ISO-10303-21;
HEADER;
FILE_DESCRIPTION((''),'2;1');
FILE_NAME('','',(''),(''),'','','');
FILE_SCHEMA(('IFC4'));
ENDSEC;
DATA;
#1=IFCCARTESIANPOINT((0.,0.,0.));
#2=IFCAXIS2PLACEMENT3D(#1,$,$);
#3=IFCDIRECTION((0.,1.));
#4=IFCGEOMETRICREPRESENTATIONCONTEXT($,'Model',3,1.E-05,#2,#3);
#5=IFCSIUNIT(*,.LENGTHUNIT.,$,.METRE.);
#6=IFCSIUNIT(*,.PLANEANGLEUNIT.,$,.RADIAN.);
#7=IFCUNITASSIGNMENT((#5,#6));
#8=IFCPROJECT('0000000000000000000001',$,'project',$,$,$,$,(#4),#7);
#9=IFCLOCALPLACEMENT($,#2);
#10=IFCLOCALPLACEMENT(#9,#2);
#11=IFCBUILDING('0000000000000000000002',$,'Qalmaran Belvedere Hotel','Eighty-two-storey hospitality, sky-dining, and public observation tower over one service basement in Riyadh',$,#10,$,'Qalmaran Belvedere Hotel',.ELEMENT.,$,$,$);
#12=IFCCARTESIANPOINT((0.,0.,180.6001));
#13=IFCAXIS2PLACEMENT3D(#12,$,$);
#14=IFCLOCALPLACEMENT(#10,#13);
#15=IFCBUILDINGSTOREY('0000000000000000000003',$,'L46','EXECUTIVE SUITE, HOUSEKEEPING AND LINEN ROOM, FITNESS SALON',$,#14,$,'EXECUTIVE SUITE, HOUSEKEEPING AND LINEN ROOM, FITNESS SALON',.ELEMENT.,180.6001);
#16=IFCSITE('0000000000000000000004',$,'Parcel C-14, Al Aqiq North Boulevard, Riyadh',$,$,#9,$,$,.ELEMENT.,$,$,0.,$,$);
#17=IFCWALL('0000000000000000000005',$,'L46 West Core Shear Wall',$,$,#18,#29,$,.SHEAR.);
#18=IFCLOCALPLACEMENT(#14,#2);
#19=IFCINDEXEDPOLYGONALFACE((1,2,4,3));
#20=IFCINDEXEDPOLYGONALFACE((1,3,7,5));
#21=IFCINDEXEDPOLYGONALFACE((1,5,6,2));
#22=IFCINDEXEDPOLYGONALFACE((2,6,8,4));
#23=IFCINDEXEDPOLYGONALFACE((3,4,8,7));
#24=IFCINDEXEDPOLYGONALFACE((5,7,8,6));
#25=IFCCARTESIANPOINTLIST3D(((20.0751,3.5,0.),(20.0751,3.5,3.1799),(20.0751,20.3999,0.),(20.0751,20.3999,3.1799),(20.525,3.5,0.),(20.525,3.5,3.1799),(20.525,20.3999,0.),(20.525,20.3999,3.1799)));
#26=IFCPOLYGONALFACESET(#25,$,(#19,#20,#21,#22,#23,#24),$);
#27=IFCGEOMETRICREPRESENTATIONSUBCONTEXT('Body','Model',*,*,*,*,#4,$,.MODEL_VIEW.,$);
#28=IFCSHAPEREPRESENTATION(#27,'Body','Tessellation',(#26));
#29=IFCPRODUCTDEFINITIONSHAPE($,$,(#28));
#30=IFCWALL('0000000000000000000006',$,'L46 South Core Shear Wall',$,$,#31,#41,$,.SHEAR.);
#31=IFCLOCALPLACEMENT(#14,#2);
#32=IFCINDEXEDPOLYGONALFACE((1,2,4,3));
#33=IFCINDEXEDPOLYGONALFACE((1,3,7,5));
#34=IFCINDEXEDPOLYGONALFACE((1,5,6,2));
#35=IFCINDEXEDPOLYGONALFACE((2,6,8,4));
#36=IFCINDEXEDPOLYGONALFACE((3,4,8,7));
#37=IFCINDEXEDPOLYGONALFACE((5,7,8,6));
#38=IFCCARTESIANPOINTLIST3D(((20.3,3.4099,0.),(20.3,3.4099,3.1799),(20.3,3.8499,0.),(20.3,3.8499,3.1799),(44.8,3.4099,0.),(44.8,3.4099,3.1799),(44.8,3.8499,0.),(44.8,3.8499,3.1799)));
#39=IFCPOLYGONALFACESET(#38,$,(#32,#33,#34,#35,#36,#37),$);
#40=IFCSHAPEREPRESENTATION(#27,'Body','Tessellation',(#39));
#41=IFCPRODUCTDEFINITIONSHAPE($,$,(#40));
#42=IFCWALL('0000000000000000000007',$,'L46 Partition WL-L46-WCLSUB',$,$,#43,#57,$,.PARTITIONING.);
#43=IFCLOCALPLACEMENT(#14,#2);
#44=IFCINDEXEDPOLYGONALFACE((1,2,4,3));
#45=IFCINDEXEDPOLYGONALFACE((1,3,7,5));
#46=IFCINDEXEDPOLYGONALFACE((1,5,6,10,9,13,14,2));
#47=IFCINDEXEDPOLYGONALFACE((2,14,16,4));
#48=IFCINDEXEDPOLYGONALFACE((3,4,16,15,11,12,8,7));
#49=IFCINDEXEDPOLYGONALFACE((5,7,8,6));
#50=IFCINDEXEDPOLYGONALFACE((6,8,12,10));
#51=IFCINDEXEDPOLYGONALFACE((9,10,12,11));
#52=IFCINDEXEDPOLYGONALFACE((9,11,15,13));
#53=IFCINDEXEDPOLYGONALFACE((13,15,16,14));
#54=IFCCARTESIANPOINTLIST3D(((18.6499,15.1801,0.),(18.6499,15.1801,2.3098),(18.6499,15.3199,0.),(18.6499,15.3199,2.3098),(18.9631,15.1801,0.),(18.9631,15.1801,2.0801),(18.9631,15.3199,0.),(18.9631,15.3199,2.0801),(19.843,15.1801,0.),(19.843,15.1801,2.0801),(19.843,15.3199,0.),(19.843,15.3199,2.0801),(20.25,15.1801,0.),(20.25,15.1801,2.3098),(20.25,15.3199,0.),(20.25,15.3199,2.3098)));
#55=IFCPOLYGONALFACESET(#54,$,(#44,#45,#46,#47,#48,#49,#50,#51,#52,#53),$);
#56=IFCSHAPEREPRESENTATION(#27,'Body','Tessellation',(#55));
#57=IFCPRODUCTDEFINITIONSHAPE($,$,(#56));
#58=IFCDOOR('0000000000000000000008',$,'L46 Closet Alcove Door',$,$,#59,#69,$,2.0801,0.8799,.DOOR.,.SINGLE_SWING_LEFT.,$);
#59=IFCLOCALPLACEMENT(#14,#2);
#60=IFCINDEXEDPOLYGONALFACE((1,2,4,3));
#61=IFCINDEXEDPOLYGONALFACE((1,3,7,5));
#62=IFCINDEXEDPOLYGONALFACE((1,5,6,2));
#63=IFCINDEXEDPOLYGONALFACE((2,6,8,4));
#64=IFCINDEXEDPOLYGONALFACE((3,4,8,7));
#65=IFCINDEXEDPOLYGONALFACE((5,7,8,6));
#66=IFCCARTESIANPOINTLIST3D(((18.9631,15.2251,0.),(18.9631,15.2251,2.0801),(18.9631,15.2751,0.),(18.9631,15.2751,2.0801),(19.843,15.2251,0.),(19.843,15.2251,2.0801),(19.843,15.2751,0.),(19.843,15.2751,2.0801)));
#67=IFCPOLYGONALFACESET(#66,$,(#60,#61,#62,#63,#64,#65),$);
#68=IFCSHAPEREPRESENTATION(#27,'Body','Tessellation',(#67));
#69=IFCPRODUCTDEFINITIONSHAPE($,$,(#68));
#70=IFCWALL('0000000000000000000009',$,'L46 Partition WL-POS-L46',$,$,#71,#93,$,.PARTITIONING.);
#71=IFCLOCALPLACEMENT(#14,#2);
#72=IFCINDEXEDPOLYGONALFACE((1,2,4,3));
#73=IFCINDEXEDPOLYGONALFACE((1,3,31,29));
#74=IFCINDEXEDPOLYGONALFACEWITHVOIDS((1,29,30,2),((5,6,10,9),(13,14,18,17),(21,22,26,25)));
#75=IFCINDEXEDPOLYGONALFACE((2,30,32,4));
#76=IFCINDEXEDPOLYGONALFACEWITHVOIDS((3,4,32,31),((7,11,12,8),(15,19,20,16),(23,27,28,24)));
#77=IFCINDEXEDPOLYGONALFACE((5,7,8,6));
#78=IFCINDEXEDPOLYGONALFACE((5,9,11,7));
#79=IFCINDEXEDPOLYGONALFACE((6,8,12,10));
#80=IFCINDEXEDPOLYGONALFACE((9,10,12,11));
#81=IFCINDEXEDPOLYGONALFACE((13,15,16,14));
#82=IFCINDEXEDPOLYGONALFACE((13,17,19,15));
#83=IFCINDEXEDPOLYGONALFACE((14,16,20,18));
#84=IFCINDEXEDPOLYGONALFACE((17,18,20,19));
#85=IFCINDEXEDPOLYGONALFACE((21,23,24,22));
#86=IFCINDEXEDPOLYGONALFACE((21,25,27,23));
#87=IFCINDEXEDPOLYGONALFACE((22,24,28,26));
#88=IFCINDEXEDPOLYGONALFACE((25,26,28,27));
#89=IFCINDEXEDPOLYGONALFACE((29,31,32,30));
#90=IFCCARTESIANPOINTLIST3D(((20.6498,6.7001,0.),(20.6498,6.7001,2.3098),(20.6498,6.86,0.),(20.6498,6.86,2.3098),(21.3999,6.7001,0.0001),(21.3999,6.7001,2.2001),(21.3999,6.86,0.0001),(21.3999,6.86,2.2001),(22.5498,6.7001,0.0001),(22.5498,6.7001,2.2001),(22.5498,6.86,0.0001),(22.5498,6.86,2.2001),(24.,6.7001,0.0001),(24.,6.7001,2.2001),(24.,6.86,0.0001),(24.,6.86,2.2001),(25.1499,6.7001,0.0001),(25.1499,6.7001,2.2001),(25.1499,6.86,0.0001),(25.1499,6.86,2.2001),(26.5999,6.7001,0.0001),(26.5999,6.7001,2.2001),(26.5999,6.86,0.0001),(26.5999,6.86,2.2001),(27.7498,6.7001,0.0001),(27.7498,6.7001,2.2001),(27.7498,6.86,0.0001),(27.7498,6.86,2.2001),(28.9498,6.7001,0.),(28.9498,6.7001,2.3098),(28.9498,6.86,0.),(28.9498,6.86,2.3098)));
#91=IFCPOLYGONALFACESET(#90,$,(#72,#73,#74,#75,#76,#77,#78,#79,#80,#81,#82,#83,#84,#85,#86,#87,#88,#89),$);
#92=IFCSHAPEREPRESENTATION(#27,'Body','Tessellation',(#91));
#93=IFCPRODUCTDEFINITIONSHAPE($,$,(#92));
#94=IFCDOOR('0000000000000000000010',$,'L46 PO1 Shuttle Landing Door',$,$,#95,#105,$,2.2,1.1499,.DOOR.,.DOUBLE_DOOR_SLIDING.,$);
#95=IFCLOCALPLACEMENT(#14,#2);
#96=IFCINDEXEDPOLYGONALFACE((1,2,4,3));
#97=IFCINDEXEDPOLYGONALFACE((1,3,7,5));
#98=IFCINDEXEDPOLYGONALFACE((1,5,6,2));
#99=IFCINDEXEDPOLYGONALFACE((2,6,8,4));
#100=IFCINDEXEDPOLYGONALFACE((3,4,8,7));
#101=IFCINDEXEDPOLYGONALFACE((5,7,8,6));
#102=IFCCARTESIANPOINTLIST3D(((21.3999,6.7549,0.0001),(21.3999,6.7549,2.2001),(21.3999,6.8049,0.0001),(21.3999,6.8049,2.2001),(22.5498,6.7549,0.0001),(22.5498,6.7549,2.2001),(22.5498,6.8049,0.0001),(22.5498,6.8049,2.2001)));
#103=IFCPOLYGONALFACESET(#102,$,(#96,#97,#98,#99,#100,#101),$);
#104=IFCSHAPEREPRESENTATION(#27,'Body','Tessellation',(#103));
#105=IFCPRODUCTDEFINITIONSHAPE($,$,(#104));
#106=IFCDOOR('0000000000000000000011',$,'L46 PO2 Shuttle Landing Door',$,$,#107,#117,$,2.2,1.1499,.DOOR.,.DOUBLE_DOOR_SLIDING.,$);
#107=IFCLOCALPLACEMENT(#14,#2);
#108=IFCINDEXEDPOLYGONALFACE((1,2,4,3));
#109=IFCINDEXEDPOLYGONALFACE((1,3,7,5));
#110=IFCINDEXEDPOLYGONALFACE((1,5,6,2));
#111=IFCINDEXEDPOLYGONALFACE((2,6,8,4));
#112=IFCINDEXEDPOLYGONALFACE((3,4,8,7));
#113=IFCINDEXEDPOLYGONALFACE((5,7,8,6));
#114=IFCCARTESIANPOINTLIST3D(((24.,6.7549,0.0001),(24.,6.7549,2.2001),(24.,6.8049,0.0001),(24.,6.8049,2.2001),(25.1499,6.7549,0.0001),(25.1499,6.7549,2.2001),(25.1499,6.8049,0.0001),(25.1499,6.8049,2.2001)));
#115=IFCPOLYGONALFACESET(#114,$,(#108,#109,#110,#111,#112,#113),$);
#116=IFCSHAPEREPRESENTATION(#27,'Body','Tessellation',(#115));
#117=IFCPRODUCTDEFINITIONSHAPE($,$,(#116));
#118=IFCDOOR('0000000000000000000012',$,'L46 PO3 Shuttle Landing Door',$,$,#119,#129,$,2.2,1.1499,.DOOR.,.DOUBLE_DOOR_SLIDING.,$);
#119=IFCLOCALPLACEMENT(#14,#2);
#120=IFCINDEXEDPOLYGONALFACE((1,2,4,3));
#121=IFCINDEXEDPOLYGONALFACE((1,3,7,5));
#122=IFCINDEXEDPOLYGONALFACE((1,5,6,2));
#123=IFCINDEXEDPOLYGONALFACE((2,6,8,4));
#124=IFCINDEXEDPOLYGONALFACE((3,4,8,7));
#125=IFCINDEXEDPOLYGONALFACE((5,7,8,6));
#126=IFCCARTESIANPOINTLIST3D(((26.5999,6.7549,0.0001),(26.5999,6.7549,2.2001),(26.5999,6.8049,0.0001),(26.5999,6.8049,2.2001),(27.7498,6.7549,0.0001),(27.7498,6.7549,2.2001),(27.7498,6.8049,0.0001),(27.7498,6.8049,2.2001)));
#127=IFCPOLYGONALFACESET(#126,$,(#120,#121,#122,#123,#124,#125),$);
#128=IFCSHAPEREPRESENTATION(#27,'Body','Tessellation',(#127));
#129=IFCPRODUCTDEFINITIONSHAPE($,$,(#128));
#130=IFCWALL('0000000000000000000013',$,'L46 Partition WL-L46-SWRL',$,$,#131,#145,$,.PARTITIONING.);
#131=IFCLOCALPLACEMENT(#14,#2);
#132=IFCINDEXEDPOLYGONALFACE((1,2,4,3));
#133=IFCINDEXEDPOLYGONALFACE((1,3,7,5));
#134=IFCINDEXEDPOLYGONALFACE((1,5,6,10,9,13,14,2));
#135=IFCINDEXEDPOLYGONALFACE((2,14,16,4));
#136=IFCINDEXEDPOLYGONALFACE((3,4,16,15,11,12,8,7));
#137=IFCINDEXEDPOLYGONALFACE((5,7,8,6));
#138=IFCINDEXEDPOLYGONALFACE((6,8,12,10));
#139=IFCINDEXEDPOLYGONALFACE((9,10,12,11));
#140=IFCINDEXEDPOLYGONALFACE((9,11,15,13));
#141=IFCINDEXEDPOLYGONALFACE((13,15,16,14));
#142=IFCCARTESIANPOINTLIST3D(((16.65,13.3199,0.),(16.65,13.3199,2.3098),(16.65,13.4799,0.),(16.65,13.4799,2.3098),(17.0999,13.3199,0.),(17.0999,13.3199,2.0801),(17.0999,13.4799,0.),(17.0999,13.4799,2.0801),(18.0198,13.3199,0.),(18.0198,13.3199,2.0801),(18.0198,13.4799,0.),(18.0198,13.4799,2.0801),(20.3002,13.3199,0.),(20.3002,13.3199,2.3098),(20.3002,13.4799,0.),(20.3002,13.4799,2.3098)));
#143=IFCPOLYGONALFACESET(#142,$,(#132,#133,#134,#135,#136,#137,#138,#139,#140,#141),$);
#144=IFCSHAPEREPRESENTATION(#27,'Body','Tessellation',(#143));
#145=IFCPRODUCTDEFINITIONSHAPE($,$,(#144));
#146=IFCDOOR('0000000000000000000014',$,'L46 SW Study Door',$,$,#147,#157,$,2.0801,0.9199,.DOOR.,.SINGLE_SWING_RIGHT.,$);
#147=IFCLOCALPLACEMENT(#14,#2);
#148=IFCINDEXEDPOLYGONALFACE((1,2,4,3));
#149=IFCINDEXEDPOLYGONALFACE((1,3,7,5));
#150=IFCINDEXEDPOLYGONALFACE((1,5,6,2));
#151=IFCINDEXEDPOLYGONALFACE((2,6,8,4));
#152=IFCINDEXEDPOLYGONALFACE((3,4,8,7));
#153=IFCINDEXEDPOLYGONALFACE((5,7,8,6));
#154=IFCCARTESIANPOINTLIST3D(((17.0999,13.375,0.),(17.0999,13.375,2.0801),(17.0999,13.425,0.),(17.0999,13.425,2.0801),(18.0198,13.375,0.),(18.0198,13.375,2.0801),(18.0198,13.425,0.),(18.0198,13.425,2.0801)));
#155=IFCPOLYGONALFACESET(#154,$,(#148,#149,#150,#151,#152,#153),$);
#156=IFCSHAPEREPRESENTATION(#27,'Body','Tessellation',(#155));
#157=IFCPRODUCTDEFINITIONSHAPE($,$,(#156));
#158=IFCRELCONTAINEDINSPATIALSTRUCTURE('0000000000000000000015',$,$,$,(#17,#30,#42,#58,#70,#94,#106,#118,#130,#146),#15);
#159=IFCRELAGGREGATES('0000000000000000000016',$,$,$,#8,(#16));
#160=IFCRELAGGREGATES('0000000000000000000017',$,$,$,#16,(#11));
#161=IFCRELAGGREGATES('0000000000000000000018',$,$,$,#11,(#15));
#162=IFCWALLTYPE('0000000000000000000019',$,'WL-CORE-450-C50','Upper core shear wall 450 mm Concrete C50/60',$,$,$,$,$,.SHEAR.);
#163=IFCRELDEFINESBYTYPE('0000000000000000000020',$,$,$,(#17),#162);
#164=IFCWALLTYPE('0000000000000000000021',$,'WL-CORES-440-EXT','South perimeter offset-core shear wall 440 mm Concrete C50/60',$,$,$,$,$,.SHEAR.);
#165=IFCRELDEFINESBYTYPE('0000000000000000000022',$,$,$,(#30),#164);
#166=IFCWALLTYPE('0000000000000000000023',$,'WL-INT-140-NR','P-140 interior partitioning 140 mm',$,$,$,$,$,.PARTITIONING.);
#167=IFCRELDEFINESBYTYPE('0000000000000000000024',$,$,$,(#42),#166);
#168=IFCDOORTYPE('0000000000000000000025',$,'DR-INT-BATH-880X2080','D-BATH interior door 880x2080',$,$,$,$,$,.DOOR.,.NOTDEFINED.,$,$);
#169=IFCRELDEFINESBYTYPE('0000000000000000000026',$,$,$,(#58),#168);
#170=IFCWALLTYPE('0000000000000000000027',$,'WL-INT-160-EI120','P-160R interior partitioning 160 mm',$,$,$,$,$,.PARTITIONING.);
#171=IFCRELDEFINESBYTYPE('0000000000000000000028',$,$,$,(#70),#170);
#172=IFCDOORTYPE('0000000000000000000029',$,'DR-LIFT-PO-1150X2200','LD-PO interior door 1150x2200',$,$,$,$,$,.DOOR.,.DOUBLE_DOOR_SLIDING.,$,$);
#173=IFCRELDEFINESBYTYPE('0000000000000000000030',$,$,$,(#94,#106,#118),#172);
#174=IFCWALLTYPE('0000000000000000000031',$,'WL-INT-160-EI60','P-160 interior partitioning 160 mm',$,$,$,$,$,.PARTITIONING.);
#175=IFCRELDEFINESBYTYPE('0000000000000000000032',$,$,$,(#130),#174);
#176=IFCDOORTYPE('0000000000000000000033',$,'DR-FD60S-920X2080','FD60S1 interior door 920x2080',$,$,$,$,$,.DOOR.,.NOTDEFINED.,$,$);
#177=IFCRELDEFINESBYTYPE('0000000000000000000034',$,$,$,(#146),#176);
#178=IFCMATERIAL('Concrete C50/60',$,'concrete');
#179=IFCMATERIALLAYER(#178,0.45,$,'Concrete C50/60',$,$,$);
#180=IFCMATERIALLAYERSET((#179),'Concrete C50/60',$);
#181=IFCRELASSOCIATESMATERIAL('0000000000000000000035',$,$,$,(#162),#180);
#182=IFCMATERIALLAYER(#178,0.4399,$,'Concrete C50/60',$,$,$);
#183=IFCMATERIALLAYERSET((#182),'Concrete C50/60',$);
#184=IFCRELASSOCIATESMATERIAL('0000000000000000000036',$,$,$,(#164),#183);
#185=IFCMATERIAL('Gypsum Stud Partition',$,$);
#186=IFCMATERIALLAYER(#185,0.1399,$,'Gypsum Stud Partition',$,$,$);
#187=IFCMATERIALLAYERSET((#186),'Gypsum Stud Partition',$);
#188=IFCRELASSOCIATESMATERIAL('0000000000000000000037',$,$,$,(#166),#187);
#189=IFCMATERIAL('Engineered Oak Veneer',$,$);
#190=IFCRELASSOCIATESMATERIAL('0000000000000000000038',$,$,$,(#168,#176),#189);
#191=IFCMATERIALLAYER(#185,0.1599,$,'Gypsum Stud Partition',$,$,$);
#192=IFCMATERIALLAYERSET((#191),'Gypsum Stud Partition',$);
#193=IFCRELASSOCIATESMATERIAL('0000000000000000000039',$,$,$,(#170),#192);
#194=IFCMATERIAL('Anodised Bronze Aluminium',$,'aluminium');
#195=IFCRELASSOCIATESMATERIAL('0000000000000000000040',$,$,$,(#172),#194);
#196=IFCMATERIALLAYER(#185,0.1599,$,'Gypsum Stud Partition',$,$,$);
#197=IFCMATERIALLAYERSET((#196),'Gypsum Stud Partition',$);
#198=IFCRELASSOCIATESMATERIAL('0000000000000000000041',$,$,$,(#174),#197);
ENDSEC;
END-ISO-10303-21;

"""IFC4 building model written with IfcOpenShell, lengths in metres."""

from ifc_helpers import new_model, si_unit, direction, frame, frame_2d, origin, place, context, subcontext, project, spatial, rectangle, extrude, material, layer, layer_set, type_object, element, fill, save


model = new_model("IFC4")

# Units and contexts
model_context = context("Model", 3, precision=1e-05, world=origin(), true_north=direction((0.0, 1.0)))
body_context = subcontext(model_context, "Body", "Model", "MODEL_VIEW")
ifc_project = project(units=[si_unit("LENGTHUNIT", "METRE"), si_unit("PLANEANGLEUNIT", "RADIAN")], contexts=[model_context])

# Site, building, storey
site_placement = place(None, origin())
site = spatial("IfcSite", under=ifc_project, at=site_placement, Name="Parcel C-14, Al Aqiq North Boulevard, Riyadh", CompositionType="ELEMENT", RefElevation=0.0)
building_placement = place(site_placement, origin())
building = spatial("IfcBuilding", under=site, at=building_placement, Name="Qalmaran Belvedere Hotel", Description="Eighty-two-storey hospitality, sky-dining, and public observation tower over one service basement in Riyadh", LongName="Qalmaran Belvedere Hotel", CompositionType="ELEMENT")
storey_placement = place(building_placement, frame((0.0, 0.0, 180.6001)))
storey = spatial("IfcBuildingStorey", under=building, at=storey_placement, Name="L46", Description="EXECUTIVE SUITE, HOUSEKEEPING AND LINEN ROOM, FITNESS SALON", LongName="EXECUTIVE SUITE, HOUSEKEEPING AND LINEN ROOM, FITNESS SALON", CompositionType="ELEMENT", Elevation=180.6001)

# Shared definitions
ifc_material_1 = material(Name="Concrete C50/60", Category="concrete")

# Shared definitions
ifc_material_2 = material(Name="Anodised Bronze Aluminium", Category="aluminium")

# Walls
ifc_layer_1 = layer(ifc_material_1, 0.45, Name="Concrete C50/60")
ifc_layer_set_1 = layer_set([ifc_layer_1], Name="Concrete C50/60")
wall_type_1 = type_object("IfcWallType", Name="WL-CORE-450-C50", Description="Upper core shear wall 450 mm Concrete C50/60", PredefinedType="SHEAR", material=ifc_layer_set_1)
wall_1_placement = place(storey_placement, frame((20.3, 3.5, 0.0), z_axis=(0.0, 0.0, 1.0), x_axis=(0.0, 1.0, 0.0)))
element("IfcWall", 1, at=wall_1_placement, inside=storey, type_object=wall_type_1, Name="L46 West Core Shear Wall", PredefinedType="SHEAR", context=body_context, shape_type="SweptSolid", body=[
    extrude(rectangle(XDim=16.8999, YDim=0.45, at=frame_2d((8.45, 0.0))), origin(), (0.0, 0.0, 1.0), 3.1799),
])
ifc_layer_2 = layer(ifc_material_1, 0.4399, Name="Concrete C50/60")
ifc_layer_set_2 = layer_set([ifc_layer_2], Name="Concrete C50/60")
wall_type_2 = type_object("IfcWallType", Name="WL-CORES-440-EXT", Description="South perimeter offset-core shear wall 440 mm Concrete C50/60", PredefinedType="SHEAR", material=ifc_layer_set_2)
wall_2_placement = place(storey_placement, frame((20.3, 3.6299, 0.0), z_axis=(0.0, 0.0, 1.0), x_axis=(1.0, 0.0, 0.0)))
element("IfcWall", 2, at=wall_2_placement, inside=storey, type_object=wall_type_2, Name="L46 South Core Shear Wall", PredefinedType="SHEAR", context=body_context, shape_type="SweptSolid", body=[
    extrude(rectangle(XDim=24.5, YDim=0.4399, at=frame_2d((12.25, 0.0))), origin(), (0.0, 0.0, 1.0), 3.1799),
])

# Wall, opening, door
ifc_material_3 = material(Name="Gypsum Stud Partition")
ifc_layer_3 = layer(ifc_material_3, 0.1399, Name="Gypsum Stud Partition")
ifc_layer_set_3 = layer_set([ifc_layer_3], Name="Gypsum Stud Partition")
wall_type_3 = type_object("IfcWallType", Name="WL-INT-140-NR", Description="P-140 interior partitioning 140 mm", PredefinedType="PARTITIONING", material=ifc_layer_set_3)
wall_3_placement = place(storey_placement, frame((18.6499, 15.25, 0.0), z_axis=(0.0, 0.0, 1.0), x_axis=(1.0, 0.0, 0.0)))
wall_3 = element("IfcWall", 3, at=wall_3_placement, inside=storey, type_object=wall_type_3, Name="L46 Partition WL-L46-WCLSUB", PredefinedType="PARTITIONING", context=body_context, shape_type="SweptSolid", body=[
    extrude(rectangle(XDim=1.6001, YDim=0.1399, at=frame_2d((0.8, 0.0))), origin(), (0.0, 0.0, 1.0), 2.3098),
])
opening_1_placement = place(wall_3_placement, frame((1.1931, 0.0, 0.0), z_axis=(0.0, 0.0, 1.0), x_axis=(-1.0, 0.0, 0.0)))
opening_1 = element("IfcOpeningElement", 4, at=opening_1_placement, cuts=wall_3, PredefinedType="OPENING", context=body_context, shape_type="SweptSolid", body=[
    extrude(rectangle(XDim=0.8799, YDim=2.0801, at=frame_2d((0.4399, 1.04))), frame((0.0, 0.0801, 0.0), z_axis=(0.0, -1.0, 0.0), x_axis=(1.0, 0.0, 0.0)), (0.0, 0.0, 1.0), 0.1599),
])
ifc_material_4 = material(Name="Engineered Oak Veneer")
door_type_1 = type_object("IfcDoorType", Name="DR-INT-BATH-880X2080", Description="D-BATH interior door 880x2080", OperationType="NOTDEFINED", PredefinedType="DOOR", material=ifc_material_4)
door_1_placement = place(opening_1_placement, origin())
door_1 = element("IfcDoor", 5, at=door_1_placement, inside=storey, type_object=door_type_1, Name="L46 Closet Alcove Door", OperationType="SINGLE_SWING_LEFT", OverallHeight=2.0801, OverallWidth=0.8799, PredefinedType="DOOR", context=body_context, shape_type="SweptSolid", body=[
    extrude(rectangle(XDim=0.8799, YDim=2.0801, at=frame_2d((0.4399, 1.04))), frame((0.0, 0.0249, 0.0), z_axis=(0.0, -1.0, 0.0), x_axis=(1.0, 0.0, 0.0)), (0.0, 0.0, 1.0), 0.05),
])
fill(opening_1, door_1)

# Wall, openings, doors
ifc_layer_4 = layer(ifc_material_3, 0.1599, Name="Gypsum Stud Partition")
ifc_layer_set_4 = layer_set([ifc_layer_4], Name="Gypsum Stud Partition")
wall_type_4 = type_object("IfcWallType", Name="WL-INT-160-EI120", Description="P-160R interior partitioning 160 mm", PredefinedType="PARTITIONING", material=ifc_layer_set_4)
wall_4_placement = place(storey_placement, frame((20.6499, 6.78, 0.0), z_axis=(0.0, 0.0, 1.0), x_axis=(1.0, 0.0, 0.0)))
wall_4 = element("IfcWall", 6, at=wall_4_placement, inside=storey, type_object=wall_type_4, Name="L46 Partition WL-POS-L46", PredefinedType="PARTITIONING", context=body_context, shape_type="SweptSolid", body=[
    extrude(rectangle(XDim=8.3, YDim=0.1599, at=frame_2d((4.1499, 0.0))), origin(), (0.0, 0.0, 1.0), 2.3098),
])
opening_2_placement = place(wall_4_placement, frame((0.75, 0.0, 0.0)))
opening_2 = element("IfcOpeningElement", 7, at=opening_2_placement, cuts=wall_4, PredefinedType="OPENING", context=body_context, shape_type="SweptSolid", body=[
    extrude(rectangle(XDim=1.1499, YDim=2.2, at=frame_2d((0.575, 1.1001))), frame((0.0, 0.0898, 0.0), z_axis=(0.0, -1.0, 0.0), x_axis=(1.0, 0.0, 0.0)), (0.0, 0.0, 1.0), 0.1799),
])
opening_3_placement = place(wall_4_placement, frame((3.3501, 0.0, 0.0)))
opening_3 = element("IfcOpeningElement", 8, at=opening_3_placement, cuts=wall_4, PredefinedType="OPENING", context=body_context, shape_type="SweptSolid", body=[
    extrude(rectangle(XDim=1.1499, YDim=2.2, at=frame_2d((0.575, 1.1001))), frame((0.0, 0.0898, 0.0), z_axis=(0.0, -1.0, 0.0), x_axis=(1.0, 0.0, 0.0)), (0.0, 0.0, 1.0), 0.1799),
])
opening_4_placement = place(wall_4_placement, frame((5.95, 0.0, 0.0)))
opening_4 = element("IfcOpeningElement", 9, at=opening_4_placement, cuts=wall_4, PredefinedType="OPENING", context=body_context, shape_type="SweptSolid", body=[
    extrude(rectangle(XDim=1.1499, YDim=2.2, at=frame_2d((0.575, 1.1001))), frame((0.0, 0.0898, 0.0), z_axis=(0.0, -1.0, 0.0), x_axis=(1.0, 0.0, 0.0)), (0.0, 0.0, 1.0), 0.1799),
])
door_type_2 = type_object("IfcDoorType", Name="DR-LIFT-PO-1150X2200", Description="LD-PO interior door 1150x2200", OperationType="DOUBLE_DOOR_SLIDING", PredefinedType="DOOR", material=ifc_material_2)
door_2_placement = place(opening_2_placement, origin())
door_2 = element("IfcDoor", 10, at=door_2_placement, inside=storey, type_object=door_type_2, Name="L46 PO1 Shuttle Landing Door", OperationType="DOUBLE_DOOR_SLIDING", OverallHeight=2.2, OverallWidth=1.1499, PredefinedType="DOOR", context=body_context, shape_type="SweptSolid", body=[
    extrude(rectangle(XDim=1.1499, YDim=2.2, at=frame_2d((0.575, 1.1001))), frame((0.0, 0.0249, 0.0), z_axis=(0.0, -1.0, 0.0), x_axis=(1.0, 0.0, 0.0)), (0.0, 0.0, 1.0), 0.05),
])
fill(opening_2, door_2)
door_3_placement = place(opening_3_placement, origin())
door_3 = element("IfcDoor", 11, at=door_3_placement, inside=storey, type_object=door_type_2, Name="L46 PO2 Shuttle Landing Door", OperationType="DOUBLE_DOOR_SLIDING", OverallHeight=2.2, OverallWidth=1.1499, PredefinedType="DOOR", context=body_context, shape_type="SweptSolid", body=[
    extrude(rectangle(XDim=1.1499, YDim=2.2, at=frame_2d((0.575, 1.1001))), frame((0.0, 0.0249, 0.0), z_axis=(0.0, -1.0, 0.0), x_axis=(1.0, 0.0, 0.0)), (0.0, 0.0, 1.0), 0.05),
])
fill(opening_3, door_3)
door_4_placement = place(opening_4_placement, origin())
door_4 = element("IfcDoor", 12, at=door_4_placement, inside=storey, type_object=door_type_2, Name="L46 PO3 Shuttle Landing Door", OperationType="DOUBLE_DOOR_SLIDING", OverallHeight=2.2, OverallWidth=1.1499, PredefinedType="DOOR", context=body_context, shape_type="SweptSolid", body=[
    extrude(rectangle(XDim=1.1499, YDim=2.2, at=frame_2d((0.575, 1.1001))), frame((0.0, 0.0249, 0.0), z_axis=(0.0, -1.0, 0.0), x_axis=(1.0, 0.0, 0.0)), (0.0, 0.0, 1.0), 0.05),
])
fill(opening_4, door_4)

# Wall, opening, door
ifc_layer_5 = layer(ifc_material_3, 0.1599, Name="Gypsum Stud Partition")
ifc_layer_set_5 = layer_set([ifc_layer_5], Name="Gypsum Stud Partition")
wall_type_5 = type_object("IfcWallType", Name="WL-INT-160-EI60", Description="P-160 interior partitioning 160 mm", PredefinedType="PARTITIONING", material=ifc_layer_set_5)
wall_5_placement = place(storey_placement, frame((16.6499, 13.3999, 0.0), z_axis=(0.0, 0.0, 1.0), x_axis=(1.0, 0.0, 0.0)))
wall_5 = element("IfcWall", 13, at=wall_5_placement, inside=storey, type_object=wall_type_5, Name="L46 Partition WL-L46-SWRL", PredefinedType="PARTITIONING", context=body_context, shape_type="SweptSolid", body=[
    extrude(rectangle(XDim=3.6501, YDim=0.1599, at=frame_2d((1.8252, 0.0))), origin(), (0.0, 0.0, 1.0), 2.3098),
])
opening_5_placement = place(wall_5_placement, frame((1.3699, 0.0, 0.0), z_axis=(0.0, 0.0, 1.0), x_axis=(-1.0, 0.0, 0.0)))
opening_5 = element("IfcOpeningElement", 14, at=opening_5_placement, cuts=wall_5, PredefinedType="OPENING", context=body_context, shape_type="SweptSolid", body=[
    extrude(rectangle(XDim=0.9199, YDim=2.0801, at=frame_2d((0.46, 1.04))), frame((0.0, 0.0898, 0.0), z_axis=(0.0, -1.0, 0.0), x_axis=(1.0, 0.0, 0.0)), (0.0, 0.0, 1.0), 0.1799),
])
door_type_3 = type_object("IfcDoorType", Name="DR-FD60S-920X2080", Description="FD60S1 interior door 920x2080", OperationType="NOTDEFINED", PredefinedType="DOOR", material=ifc_material_4)
door_5_placement = place(opening_5_placement, origin())
door_5 = element("IfcDoor", 15, at=door_5_placement, inside=storey, type_object=door_type_3, Name="L46 SW Study Door", OperationType="SINGLE_SWING_RIGHT", OverallHeight=2.0801, OverallWidth=0.9199, PredefinedType="DOOR", context=body_context, shape_type="SweptSolid", body=[
    extrude(rectangle(XDim=0.9199, YDim=2.0801, at=frame_2d((0.46, 1.04))), frame((0.0, 0.0249, 0.0), z_axis=(0.0, -1.0, 0.0), x_axis=(1.0, 0.0, 0.0)), (0.0, 0.0, 1.0), 0.05),
])
fill(opening_5, door_5)

save(model, "model.ifc")
